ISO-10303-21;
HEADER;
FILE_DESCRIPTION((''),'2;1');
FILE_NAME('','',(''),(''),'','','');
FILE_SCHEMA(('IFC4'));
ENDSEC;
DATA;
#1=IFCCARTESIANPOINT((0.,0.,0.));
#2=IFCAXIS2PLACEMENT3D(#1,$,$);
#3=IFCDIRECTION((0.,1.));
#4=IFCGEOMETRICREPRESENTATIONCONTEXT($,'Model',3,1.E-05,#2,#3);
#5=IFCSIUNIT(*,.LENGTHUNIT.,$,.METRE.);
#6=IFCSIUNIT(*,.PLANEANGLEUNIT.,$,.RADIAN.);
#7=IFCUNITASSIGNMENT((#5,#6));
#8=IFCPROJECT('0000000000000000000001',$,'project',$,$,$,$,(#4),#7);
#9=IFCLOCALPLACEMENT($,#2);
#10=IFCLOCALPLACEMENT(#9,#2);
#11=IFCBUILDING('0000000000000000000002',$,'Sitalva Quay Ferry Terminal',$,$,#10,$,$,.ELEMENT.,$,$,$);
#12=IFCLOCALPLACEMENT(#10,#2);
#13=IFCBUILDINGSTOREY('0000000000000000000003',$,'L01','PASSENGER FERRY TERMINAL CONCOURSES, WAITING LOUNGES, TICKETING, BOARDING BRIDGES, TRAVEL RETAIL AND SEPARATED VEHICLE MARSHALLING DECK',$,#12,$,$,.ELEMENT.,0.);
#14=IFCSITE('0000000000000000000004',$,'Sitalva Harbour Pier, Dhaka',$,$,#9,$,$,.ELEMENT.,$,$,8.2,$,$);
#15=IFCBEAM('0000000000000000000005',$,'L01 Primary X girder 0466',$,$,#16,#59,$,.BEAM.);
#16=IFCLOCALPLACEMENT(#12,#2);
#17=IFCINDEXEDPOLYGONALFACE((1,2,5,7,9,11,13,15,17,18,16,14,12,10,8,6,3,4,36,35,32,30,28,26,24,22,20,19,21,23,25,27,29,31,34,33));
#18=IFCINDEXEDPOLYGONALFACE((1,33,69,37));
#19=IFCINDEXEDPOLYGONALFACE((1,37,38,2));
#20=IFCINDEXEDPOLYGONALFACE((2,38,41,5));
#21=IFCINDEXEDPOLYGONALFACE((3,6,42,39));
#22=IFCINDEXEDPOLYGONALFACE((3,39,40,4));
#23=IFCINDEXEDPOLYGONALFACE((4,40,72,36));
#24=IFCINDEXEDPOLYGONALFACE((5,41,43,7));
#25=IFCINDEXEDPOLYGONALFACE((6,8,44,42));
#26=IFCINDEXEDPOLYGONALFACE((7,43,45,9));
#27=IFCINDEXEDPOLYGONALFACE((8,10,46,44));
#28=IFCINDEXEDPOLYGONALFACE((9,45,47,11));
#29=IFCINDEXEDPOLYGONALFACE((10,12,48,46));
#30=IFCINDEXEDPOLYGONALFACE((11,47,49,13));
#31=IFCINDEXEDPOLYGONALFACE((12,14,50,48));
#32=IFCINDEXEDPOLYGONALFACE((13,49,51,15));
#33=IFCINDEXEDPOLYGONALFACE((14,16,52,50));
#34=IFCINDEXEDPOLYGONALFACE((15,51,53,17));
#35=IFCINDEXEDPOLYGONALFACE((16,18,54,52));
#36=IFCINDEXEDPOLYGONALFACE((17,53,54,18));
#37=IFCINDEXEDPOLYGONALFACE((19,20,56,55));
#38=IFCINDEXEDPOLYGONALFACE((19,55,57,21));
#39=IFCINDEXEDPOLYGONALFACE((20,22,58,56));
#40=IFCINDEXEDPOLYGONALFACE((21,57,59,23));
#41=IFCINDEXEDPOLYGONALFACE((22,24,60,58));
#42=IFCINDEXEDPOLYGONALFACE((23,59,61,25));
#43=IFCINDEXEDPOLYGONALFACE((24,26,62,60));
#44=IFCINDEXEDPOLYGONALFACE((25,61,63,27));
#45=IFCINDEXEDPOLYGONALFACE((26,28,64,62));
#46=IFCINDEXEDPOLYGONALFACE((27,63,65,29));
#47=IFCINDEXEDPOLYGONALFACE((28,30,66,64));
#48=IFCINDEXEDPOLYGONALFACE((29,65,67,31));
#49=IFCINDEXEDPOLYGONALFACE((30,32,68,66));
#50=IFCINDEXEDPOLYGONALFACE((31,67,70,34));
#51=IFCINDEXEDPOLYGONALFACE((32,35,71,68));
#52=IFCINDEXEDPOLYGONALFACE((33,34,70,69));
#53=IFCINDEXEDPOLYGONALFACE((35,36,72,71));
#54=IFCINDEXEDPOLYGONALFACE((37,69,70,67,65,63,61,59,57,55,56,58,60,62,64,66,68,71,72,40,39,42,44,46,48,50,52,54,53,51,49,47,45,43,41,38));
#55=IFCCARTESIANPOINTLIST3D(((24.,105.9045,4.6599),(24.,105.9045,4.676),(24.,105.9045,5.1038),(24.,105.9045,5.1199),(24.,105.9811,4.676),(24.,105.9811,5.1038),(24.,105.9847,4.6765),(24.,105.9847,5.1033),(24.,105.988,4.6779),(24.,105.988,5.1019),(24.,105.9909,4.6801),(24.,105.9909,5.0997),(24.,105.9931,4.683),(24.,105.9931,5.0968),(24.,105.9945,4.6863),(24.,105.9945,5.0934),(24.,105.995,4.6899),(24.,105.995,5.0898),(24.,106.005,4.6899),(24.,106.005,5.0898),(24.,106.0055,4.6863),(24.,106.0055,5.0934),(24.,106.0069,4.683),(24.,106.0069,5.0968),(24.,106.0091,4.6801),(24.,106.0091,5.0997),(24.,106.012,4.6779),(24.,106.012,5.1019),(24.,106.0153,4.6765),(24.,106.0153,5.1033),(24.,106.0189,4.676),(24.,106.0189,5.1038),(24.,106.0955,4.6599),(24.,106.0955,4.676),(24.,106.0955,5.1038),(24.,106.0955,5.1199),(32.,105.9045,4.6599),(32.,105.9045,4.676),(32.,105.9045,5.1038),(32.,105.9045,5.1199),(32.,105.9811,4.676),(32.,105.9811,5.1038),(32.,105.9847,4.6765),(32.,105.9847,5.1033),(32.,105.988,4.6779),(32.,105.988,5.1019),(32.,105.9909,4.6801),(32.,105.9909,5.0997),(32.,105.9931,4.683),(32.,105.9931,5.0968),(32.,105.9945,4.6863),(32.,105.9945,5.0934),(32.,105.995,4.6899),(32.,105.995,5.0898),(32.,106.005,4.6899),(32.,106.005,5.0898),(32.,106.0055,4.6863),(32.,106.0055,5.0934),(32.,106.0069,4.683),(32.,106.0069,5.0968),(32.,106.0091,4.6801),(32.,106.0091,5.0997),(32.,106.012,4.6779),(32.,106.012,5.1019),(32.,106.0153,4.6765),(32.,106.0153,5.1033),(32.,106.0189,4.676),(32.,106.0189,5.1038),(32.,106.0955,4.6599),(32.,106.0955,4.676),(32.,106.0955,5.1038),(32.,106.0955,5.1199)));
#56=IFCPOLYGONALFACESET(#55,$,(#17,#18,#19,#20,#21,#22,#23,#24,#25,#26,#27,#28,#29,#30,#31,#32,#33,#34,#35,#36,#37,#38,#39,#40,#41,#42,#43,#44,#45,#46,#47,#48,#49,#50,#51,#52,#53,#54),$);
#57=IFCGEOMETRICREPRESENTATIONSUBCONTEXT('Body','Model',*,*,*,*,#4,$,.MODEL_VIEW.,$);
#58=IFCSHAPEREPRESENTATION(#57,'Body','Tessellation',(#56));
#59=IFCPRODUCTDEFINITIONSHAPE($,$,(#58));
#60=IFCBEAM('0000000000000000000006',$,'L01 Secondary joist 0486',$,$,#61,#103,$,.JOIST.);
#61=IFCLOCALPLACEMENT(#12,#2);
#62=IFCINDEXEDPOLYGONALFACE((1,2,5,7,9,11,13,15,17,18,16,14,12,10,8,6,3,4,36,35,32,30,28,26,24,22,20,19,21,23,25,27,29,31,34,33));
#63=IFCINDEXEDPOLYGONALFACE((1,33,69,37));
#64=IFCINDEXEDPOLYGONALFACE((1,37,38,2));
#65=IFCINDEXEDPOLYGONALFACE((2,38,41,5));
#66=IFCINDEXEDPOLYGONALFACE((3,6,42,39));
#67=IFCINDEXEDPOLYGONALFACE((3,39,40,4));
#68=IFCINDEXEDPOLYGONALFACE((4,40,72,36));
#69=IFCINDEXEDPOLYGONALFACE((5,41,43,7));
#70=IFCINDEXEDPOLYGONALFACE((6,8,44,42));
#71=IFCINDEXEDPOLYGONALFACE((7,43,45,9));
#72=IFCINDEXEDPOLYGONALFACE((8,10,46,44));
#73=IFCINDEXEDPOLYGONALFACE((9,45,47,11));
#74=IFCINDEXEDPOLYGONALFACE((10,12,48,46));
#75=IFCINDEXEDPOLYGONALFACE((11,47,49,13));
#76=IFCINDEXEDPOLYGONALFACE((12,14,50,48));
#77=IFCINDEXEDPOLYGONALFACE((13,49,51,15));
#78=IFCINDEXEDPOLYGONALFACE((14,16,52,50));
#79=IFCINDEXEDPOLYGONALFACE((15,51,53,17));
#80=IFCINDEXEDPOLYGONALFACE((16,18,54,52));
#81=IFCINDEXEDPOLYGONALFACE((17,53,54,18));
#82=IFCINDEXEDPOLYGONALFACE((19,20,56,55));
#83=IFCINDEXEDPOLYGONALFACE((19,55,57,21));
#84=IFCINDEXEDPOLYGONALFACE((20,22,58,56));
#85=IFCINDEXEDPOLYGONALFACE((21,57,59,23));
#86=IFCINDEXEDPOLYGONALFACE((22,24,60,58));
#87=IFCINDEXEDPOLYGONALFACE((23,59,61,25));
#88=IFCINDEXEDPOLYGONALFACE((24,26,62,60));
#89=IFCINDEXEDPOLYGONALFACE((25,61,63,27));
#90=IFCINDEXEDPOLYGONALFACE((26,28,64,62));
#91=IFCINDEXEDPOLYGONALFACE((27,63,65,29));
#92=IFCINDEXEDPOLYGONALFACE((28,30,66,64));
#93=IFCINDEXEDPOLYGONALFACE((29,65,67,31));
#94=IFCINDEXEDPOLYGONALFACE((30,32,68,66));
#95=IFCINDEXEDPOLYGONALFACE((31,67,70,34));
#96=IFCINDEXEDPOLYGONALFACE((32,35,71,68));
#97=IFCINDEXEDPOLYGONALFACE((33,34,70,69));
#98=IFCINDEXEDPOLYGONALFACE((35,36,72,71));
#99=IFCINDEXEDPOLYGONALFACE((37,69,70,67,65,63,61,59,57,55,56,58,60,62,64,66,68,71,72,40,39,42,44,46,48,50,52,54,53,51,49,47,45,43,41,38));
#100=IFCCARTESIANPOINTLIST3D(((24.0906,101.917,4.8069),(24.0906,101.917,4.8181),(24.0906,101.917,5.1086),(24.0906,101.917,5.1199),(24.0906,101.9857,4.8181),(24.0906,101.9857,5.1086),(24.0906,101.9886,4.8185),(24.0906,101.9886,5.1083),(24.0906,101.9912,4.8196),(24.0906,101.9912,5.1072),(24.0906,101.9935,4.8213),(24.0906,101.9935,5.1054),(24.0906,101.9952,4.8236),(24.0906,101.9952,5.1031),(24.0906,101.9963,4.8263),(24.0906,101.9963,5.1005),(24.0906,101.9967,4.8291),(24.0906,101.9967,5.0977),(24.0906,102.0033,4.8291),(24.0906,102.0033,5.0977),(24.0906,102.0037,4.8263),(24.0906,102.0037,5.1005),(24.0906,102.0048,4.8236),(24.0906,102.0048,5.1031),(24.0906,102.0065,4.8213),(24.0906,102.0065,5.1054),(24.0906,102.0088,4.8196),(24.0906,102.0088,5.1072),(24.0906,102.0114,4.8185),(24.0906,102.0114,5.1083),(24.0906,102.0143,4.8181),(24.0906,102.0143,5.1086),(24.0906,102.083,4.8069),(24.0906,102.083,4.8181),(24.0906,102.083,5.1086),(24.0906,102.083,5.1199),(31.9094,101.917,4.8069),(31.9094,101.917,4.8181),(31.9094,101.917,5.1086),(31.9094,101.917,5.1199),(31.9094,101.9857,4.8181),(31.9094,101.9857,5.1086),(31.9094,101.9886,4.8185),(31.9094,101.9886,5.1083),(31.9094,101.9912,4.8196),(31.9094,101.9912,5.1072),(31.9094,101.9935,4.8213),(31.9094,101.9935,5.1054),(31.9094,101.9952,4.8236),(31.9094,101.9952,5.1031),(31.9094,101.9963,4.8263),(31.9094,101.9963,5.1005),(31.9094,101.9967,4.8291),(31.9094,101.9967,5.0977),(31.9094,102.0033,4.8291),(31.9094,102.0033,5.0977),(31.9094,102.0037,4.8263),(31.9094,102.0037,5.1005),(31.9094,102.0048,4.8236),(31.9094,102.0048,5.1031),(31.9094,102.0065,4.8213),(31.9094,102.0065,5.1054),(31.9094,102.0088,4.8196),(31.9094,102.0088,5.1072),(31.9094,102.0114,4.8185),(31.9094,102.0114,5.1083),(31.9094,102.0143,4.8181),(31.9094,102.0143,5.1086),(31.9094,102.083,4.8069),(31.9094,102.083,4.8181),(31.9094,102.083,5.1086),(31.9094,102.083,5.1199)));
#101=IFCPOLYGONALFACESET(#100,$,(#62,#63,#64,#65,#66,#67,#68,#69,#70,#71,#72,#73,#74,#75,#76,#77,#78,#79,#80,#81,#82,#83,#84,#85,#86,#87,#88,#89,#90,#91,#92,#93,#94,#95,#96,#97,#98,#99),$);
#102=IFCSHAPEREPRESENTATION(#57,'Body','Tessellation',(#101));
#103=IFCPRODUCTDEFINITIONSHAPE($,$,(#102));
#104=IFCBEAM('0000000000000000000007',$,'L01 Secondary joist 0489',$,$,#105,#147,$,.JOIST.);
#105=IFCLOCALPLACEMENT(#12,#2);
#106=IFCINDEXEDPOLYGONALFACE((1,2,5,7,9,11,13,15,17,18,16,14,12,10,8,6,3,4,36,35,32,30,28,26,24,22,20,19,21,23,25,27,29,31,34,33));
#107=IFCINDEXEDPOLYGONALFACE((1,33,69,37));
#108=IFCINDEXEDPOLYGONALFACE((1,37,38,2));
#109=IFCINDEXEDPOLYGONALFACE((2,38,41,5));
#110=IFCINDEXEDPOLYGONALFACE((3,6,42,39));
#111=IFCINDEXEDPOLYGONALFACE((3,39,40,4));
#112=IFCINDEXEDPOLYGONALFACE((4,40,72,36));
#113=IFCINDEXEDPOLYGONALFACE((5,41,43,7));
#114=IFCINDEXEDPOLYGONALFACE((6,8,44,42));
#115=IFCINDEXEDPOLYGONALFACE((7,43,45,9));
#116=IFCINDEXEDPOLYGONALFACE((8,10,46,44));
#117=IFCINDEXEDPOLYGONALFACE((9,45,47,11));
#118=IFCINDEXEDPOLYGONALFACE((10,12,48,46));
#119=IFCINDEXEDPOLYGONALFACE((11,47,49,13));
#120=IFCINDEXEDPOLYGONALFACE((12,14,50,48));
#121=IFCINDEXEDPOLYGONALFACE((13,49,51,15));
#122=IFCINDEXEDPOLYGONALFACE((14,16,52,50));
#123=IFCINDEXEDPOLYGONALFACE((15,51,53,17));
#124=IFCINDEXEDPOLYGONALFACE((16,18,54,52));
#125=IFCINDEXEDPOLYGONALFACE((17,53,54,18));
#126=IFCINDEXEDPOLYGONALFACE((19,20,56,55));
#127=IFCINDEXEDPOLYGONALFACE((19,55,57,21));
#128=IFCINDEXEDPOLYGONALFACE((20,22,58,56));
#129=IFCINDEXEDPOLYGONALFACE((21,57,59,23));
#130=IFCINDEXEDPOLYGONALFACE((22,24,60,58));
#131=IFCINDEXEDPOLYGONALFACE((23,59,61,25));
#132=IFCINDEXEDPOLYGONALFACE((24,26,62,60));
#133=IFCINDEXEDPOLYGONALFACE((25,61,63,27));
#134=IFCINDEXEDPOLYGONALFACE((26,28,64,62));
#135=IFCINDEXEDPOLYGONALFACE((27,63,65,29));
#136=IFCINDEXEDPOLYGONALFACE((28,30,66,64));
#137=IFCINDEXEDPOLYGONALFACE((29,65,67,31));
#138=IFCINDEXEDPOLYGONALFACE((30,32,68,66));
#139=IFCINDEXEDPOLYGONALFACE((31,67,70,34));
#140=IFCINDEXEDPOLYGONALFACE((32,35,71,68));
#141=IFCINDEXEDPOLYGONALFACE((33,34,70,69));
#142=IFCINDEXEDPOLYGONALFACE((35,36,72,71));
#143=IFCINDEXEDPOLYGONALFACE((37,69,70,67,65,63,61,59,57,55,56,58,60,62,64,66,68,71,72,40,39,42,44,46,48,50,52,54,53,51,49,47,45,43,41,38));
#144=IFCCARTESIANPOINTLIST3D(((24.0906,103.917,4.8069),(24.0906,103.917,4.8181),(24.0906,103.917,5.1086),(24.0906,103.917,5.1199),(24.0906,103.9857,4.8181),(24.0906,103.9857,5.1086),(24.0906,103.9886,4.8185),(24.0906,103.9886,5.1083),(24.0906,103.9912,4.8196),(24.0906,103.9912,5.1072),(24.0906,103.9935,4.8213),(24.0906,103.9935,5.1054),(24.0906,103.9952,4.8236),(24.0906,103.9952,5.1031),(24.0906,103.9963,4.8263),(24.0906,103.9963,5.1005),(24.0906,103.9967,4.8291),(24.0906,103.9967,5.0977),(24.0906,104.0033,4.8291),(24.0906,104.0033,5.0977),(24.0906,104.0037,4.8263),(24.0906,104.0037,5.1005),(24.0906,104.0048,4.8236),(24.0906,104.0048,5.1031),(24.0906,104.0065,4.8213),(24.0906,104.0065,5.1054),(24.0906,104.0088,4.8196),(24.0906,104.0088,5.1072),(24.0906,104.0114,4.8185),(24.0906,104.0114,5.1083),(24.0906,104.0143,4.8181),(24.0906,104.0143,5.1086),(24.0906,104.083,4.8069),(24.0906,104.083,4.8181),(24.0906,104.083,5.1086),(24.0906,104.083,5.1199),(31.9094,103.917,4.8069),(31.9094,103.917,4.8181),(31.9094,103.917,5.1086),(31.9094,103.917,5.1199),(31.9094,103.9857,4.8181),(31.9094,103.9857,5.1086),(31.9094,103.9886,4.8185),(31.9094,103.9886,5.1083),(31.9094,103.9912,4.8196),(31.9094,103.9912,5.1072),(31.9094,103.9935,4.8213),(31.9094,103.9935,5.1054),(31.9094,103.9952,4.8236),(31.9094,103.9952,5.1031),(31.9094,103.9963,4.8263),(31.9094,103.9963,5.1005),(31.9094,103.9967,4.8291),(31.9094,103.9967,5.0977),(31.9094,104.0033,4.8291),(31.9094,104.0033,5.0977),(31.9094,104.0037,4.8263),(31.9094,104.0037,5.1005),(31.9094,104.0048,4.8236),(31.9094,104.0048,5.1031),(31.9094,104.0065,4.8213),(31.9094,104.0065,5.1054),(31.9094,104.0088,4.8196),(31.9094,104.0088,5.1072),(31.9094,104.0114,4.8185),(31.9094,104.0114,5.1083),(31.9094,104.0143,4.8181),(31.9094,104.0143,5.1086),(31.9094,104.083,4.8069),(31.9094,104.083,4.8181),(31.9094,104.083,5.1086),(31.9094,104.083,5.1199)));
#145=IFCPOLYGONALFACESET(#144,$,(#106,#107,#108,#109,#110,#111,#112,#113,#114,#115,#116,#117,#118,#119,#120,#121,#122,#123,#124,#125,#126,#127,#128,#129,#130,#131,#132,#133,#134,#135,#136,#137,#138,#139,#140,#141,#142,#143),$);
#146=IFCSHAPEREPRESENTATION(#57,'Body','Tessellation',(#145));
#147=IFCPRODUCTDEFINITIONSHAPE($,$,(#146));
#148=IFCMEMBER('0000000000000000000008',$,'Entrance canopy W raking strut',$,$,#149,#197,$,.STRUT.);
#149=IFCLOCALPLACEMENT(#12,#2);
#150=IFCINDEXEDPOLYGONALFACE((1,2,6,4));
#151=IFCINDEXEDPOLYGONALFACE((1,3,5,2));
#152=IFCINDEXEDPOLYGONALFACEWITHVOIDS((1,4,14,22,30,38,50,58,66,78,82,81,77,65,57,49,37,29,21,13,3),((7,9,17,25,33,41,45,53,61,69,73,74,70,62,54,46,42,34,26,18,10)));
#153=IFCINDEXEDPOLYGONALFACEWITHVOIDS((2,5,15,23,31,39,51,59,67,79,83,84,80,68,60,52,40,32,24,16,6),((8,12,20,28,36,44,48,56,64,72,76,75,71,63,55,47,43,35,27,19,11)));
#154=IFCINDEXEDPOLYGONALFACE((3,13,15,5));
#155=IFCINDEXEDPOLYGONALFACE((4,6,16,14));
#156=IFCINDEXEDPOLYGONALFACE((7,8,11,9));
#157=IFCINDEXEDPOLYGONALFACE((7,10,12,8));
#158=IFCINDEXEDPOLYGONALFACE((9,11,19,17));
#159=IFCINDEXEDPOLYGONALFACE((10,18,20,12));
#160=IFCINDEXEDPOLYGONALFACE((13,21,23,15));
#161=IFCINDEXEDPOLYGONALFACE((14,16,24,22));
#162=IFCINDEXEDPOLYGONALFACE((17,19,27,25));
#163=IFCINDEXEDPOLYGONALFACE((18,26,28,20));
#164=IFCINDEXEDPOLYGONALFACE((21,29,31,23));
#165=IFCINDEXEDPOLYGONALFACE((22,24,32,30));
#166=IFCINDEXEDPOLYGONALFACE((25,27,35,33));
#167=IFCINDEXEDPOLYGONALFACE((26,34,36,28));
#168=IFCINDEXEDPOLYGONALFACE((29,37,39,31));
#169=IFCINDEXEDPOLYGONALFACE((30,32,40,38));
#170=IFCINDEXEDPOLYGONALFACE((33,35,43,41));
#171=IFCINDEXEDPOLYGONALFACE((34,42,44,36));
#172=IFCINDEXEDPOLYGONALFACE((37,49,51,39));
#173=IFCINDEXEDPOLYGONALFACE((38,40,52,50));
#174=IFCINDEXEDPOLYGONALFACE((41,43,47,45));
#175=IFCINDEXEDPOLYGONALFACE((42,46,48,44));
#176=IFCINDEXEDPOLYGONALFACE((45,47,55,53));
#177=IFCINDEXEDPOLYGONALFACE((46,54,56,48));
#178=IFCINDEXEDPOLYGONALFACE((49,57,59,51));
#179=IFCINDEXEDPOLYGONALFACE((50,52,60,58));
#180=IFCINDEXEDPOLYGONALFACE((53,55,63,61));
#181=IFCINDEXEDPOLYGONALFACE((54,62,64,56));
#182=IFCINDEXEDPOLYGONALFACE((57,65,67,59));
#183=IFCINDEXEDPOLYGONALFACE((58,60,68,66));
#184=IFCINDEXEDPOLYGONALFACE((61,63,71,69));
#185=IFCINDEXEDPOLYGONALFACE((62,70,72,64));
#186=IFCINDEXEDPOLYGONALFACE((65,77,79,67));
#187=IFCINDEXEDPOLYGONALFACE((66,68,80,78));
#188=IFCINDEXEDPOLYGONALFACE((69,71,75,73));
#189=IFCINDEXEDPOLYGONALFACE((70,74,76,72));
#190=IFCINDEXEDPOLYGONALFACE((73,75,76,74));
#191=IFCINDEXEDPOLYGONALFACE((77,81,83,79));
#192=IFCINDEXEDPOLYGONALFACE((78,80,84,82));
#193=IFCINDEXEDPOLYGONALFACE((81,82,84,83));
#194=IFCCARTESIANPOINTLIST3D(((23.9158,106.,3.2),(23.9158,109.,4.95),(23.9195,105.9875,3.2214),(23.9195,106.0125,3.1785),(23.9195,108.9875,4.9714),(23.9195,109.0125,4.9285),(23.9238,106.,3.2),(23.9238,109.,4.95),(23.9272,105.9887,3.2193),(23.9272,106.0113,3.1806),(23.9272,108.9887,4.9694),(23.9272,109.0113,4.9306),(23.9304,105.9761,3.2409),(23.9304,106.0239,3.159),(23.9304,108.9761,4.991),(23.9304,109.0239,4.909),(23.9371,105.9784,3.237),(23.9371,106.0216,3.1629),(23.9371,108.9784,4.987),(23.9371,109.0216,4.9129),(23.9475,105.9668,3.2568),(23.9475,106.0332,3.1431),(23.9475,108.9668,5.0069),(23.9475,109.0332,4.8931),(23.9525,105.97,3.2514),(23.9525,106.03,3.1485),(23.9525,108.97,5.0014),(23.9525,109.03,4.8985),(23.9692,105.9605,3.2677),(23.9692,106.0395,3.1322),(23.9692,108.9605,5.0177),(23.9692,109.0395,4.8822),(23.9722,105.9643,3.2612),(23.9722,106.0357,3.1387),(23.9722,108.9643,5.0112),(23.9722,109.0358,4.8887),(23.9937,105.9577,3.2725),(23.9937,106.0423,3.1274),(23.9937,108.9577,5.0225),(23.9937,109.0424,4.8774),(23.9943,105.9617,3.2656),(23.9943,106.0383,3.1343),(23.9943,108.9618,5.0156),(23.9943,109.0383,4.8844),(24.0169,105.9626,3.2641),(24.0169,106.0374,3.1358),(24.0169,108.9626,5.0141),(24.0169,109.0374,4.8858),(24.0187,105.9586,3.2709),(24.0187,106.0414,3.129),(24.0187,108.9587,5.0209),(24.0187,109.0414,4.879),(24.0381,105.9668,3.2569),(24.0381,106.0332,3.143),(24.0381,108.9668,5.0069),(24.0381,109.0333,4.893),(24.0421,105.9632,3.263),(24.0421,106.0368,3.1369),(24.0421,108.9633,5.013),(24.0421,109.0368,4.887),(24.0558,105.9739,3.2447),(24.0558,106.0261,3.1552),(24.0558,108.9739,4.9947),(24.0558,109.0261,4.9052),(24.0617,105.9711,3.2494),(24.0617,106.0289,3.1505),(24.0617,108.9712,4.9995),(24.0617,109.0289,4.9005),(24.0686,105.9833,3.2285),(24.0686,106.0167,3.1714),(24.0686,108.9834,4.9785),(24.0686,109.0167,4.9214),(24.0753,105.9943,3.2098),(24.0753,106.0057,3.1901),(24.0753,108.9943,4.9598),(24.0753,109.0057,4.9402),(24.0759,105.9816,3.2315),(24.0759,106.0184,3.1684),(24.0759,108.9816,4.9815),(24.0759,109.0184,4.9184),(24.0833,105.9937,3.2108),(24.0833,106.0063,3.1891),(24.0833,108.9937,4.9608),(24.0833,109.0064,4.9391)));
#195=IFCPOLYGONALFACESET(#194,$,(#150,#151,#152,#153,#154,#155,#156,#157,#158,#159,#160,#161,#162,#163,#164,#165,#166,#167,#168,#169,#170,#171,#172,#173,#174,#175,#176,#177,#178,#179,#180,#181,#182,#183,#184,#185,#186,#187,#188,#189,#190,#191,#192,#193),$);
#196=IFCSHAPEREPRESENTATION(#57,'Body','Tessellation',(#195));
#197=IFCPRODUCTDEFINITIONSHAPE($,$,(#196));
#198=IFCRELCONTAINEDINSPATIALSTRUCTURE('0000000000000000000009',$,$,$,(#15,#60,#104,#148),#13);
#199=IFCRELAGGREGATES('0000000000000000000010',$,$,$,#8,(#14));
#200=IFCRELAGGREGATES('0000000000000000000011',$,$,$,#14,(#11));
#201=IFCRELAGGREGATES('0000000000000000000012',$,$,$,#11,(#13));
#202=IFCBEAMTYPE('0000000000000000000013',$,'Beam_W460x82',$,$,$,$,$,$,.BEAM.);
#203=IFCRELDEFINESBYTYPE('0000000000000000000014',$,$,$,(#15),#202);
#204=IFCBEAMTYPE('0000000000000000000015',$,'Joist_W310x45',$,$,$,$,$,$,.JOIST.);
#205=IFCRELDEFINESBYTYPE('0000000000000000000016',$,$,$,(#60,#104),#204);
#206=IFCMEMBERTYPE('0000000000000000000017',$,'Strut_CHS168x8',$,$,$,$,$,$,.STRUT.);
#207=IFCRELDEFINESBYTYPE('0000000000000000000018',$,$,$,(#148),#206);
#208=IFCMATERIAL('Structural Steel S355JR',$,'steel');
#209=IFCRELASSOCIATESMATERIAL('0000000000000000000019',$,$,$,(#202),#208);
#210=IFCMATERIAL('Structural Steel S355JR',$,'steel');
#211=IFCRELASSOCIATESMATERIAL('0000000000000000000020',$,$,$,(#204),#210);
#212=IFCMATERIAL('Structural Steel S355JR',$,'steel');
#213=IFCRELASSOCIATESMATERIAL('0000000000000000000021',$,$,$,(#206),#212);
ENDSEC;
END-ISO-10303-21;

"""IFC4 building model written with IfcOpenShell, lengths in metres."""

from ifc_helpers import new_model, si_unit, direction, frame, origin, origin_2d, place, context, subcontext, project, spatial, hollow_circle, i_section, extrude, material, material_profile, profile_set, type_object, element, save


model = new_model("IFC4")

# Units and contexts
model_context = context("Model", 3, precision=1e-05, world=origin(), true_north=direction((0.0, 1.0)))
body_context = subcontext(model_context, "Body", "Model", "MODEL_VIEW")
ifc_project = project(units=[si_unit("LENGTHUNIT", "METRE"), si_unit("PLANEANGLEUNIT", "RADIAN")], contexts=[model_context])

# Site, building, storey
site_placement = place(None, origin())
site = spatial("IfcSite", under=ifc_project, at=site_placement, Name="Sitalva Harbour Pier, Dhaka", CompositionType="ELEMENT", RefElevation=8.2)
building_placement = place(site_placement, origin())
building = spatial("IfcBuilding", under=site, at=building_placement, Name="Sitalva Quay Ferry Terminal", CompositionType="ELEMENT")
storey_placement = place(building_placement, origin())
storey = spatial("IfcBuildingStorey", under=building, at=storey_placement, Name="L01", Description="PASSENGER FERRY TERMINAL CONCOURSES, WAITING LOUNGES, TICKETING, BOARDING BRIDGES, TRAVEL RETAIL AND SEPARATED VEHICLE MARSHALLING DECK", CompositionType="ELEMENT", Elevation=0.0)

# Beams
ifc_material_1 = material(Name="Structural Steel S355JR", Category="steel")
ifc_material_profile_1 = material_profile(ifc_material_1, i_section(OverallWidth=0.1909, OverallDepth=0.46, WebThickness=0.01, FlangeThickness=0.0161, FilletRadius=0.0139, at=origin_2d()), Name="W460x82")
ifc_profile_set_1 = profile_set([ifc_material_profile_1], Name="Structural Steel S355JR")
beam_type_1 = type_object("IfcBeamType", Name="Beam_W460x82", PredefinedType="BEAM", material=ifc_profile_set_1)
beam_1_placement = place(storey_placement, frame((24.0, 106.0, 4.8899), z_axis=(1.0, 0.0, 0.0), x_axis=(0.0, 1.0, 0.0)))
element("IfcBeam", 1, at=beam_1_placement, inside=storey, type_object=beam_type_1, Name="L01 Primary X girder 0466", PredefinedType="BEAM", context=body_context, shape_type="SweptSolid", body=[
    extrude(i_section(OverallWidth=0.1909, OverallDepth=0.46, WebThickness=0.01, FlangeThickness=0.0161, FilletRadius=0.0139, at=origin_2d()), origin(), (0.0, 0.0, 1.0), 8.0),
])
ifc_material_2 = material(Name="Structural Steel S355JR", Category="steel")
ifc_material_profile_2 = material_profile(ifc_material_2, i_section(OverallWidth=0.166, OverallDepth=0.313, WebThickness=0.0066, FlangeThickness=0.0112, FilletRadius=0.011, at=origin_2d()), Name="W310x45")
ifc_profile_set_2 = profile_set([ifc_material_profile_2], Name="Structural Steel S355JR")
beam_type_2 = type_object("IfcBeamType", Name="Joist_W310x45", PredefinedType="JOIST", material=ifc_profile_set_2)
for number, where, z_axis, x_axis, name in (
    (2, (24.0906, 102.0, 4.9634), (1.0, 0.0, 0.0), (0.0, 1.0, 0.0), "L01 Secondary joist 0486"),
    (3, (24.0906, 104.0, 4.9634), (1.0, 0.0, 0.0), (0.0, 1.0, 0.0), "L01 Secondary joist 0489"),
):
    element("IfcBeam", number, at=place(storey_placement, frame(where, z_axis=z_axis, x_axis=x_axis)), inside=storey, type_object=beam_type_2, Name=name, PredefinedType="JOIST", context=body_context, shape_type="SweptSolid", body=[
        extrude(i_section(OverallWidth=0.166, OverallDepth=0.313, WebThickness=0.0066, FlangeThickness=0.0112, FilletRadius=0.011, at=origin_2d()), origin(), (0.0, 0.0, 1.0), 7.8188),
    ])

# Member
ifc_material_3 = material(Name="Structural Steel S355JR", Category="steel")
ifc_material_profile_3 = material_profile(ifc_material_3, hollow_circle(Radius=0.0842, WallThickness=0.0081, at=origin_2d()), Name="CHS168x8")
ifc_profile_set_3 = profile_set([ifc_material_profile_3], Name="Structural Steel S355JR")
member_type = type_object("IfcMemberType", Name="Strut_CHS168x8", PredefinedType="STRUT", material=ifc_profile_set_3)
member_placement = place(storey_placement, frame((24.0, 106.0, 3.2), z_axis=(0.0, 0.863779, 0.503871), x_axis=(-1.0, 0.0, 0.0)))
element("IfcMember", 4, at=member_placement, inside=storey, type_object=member_type, Name="Entrance canopy W raking strut", PredefinedType="STRUT", context=body_context, shape_type="SweptSolid", body=[
    extrude(hollow_circle(Radius=0.0842, WallThickness=0.0081, at=origin_2d()), origin(), (0.0, 0.0, 1.0), 3.4731),
])

save(model, "model.ifc")
